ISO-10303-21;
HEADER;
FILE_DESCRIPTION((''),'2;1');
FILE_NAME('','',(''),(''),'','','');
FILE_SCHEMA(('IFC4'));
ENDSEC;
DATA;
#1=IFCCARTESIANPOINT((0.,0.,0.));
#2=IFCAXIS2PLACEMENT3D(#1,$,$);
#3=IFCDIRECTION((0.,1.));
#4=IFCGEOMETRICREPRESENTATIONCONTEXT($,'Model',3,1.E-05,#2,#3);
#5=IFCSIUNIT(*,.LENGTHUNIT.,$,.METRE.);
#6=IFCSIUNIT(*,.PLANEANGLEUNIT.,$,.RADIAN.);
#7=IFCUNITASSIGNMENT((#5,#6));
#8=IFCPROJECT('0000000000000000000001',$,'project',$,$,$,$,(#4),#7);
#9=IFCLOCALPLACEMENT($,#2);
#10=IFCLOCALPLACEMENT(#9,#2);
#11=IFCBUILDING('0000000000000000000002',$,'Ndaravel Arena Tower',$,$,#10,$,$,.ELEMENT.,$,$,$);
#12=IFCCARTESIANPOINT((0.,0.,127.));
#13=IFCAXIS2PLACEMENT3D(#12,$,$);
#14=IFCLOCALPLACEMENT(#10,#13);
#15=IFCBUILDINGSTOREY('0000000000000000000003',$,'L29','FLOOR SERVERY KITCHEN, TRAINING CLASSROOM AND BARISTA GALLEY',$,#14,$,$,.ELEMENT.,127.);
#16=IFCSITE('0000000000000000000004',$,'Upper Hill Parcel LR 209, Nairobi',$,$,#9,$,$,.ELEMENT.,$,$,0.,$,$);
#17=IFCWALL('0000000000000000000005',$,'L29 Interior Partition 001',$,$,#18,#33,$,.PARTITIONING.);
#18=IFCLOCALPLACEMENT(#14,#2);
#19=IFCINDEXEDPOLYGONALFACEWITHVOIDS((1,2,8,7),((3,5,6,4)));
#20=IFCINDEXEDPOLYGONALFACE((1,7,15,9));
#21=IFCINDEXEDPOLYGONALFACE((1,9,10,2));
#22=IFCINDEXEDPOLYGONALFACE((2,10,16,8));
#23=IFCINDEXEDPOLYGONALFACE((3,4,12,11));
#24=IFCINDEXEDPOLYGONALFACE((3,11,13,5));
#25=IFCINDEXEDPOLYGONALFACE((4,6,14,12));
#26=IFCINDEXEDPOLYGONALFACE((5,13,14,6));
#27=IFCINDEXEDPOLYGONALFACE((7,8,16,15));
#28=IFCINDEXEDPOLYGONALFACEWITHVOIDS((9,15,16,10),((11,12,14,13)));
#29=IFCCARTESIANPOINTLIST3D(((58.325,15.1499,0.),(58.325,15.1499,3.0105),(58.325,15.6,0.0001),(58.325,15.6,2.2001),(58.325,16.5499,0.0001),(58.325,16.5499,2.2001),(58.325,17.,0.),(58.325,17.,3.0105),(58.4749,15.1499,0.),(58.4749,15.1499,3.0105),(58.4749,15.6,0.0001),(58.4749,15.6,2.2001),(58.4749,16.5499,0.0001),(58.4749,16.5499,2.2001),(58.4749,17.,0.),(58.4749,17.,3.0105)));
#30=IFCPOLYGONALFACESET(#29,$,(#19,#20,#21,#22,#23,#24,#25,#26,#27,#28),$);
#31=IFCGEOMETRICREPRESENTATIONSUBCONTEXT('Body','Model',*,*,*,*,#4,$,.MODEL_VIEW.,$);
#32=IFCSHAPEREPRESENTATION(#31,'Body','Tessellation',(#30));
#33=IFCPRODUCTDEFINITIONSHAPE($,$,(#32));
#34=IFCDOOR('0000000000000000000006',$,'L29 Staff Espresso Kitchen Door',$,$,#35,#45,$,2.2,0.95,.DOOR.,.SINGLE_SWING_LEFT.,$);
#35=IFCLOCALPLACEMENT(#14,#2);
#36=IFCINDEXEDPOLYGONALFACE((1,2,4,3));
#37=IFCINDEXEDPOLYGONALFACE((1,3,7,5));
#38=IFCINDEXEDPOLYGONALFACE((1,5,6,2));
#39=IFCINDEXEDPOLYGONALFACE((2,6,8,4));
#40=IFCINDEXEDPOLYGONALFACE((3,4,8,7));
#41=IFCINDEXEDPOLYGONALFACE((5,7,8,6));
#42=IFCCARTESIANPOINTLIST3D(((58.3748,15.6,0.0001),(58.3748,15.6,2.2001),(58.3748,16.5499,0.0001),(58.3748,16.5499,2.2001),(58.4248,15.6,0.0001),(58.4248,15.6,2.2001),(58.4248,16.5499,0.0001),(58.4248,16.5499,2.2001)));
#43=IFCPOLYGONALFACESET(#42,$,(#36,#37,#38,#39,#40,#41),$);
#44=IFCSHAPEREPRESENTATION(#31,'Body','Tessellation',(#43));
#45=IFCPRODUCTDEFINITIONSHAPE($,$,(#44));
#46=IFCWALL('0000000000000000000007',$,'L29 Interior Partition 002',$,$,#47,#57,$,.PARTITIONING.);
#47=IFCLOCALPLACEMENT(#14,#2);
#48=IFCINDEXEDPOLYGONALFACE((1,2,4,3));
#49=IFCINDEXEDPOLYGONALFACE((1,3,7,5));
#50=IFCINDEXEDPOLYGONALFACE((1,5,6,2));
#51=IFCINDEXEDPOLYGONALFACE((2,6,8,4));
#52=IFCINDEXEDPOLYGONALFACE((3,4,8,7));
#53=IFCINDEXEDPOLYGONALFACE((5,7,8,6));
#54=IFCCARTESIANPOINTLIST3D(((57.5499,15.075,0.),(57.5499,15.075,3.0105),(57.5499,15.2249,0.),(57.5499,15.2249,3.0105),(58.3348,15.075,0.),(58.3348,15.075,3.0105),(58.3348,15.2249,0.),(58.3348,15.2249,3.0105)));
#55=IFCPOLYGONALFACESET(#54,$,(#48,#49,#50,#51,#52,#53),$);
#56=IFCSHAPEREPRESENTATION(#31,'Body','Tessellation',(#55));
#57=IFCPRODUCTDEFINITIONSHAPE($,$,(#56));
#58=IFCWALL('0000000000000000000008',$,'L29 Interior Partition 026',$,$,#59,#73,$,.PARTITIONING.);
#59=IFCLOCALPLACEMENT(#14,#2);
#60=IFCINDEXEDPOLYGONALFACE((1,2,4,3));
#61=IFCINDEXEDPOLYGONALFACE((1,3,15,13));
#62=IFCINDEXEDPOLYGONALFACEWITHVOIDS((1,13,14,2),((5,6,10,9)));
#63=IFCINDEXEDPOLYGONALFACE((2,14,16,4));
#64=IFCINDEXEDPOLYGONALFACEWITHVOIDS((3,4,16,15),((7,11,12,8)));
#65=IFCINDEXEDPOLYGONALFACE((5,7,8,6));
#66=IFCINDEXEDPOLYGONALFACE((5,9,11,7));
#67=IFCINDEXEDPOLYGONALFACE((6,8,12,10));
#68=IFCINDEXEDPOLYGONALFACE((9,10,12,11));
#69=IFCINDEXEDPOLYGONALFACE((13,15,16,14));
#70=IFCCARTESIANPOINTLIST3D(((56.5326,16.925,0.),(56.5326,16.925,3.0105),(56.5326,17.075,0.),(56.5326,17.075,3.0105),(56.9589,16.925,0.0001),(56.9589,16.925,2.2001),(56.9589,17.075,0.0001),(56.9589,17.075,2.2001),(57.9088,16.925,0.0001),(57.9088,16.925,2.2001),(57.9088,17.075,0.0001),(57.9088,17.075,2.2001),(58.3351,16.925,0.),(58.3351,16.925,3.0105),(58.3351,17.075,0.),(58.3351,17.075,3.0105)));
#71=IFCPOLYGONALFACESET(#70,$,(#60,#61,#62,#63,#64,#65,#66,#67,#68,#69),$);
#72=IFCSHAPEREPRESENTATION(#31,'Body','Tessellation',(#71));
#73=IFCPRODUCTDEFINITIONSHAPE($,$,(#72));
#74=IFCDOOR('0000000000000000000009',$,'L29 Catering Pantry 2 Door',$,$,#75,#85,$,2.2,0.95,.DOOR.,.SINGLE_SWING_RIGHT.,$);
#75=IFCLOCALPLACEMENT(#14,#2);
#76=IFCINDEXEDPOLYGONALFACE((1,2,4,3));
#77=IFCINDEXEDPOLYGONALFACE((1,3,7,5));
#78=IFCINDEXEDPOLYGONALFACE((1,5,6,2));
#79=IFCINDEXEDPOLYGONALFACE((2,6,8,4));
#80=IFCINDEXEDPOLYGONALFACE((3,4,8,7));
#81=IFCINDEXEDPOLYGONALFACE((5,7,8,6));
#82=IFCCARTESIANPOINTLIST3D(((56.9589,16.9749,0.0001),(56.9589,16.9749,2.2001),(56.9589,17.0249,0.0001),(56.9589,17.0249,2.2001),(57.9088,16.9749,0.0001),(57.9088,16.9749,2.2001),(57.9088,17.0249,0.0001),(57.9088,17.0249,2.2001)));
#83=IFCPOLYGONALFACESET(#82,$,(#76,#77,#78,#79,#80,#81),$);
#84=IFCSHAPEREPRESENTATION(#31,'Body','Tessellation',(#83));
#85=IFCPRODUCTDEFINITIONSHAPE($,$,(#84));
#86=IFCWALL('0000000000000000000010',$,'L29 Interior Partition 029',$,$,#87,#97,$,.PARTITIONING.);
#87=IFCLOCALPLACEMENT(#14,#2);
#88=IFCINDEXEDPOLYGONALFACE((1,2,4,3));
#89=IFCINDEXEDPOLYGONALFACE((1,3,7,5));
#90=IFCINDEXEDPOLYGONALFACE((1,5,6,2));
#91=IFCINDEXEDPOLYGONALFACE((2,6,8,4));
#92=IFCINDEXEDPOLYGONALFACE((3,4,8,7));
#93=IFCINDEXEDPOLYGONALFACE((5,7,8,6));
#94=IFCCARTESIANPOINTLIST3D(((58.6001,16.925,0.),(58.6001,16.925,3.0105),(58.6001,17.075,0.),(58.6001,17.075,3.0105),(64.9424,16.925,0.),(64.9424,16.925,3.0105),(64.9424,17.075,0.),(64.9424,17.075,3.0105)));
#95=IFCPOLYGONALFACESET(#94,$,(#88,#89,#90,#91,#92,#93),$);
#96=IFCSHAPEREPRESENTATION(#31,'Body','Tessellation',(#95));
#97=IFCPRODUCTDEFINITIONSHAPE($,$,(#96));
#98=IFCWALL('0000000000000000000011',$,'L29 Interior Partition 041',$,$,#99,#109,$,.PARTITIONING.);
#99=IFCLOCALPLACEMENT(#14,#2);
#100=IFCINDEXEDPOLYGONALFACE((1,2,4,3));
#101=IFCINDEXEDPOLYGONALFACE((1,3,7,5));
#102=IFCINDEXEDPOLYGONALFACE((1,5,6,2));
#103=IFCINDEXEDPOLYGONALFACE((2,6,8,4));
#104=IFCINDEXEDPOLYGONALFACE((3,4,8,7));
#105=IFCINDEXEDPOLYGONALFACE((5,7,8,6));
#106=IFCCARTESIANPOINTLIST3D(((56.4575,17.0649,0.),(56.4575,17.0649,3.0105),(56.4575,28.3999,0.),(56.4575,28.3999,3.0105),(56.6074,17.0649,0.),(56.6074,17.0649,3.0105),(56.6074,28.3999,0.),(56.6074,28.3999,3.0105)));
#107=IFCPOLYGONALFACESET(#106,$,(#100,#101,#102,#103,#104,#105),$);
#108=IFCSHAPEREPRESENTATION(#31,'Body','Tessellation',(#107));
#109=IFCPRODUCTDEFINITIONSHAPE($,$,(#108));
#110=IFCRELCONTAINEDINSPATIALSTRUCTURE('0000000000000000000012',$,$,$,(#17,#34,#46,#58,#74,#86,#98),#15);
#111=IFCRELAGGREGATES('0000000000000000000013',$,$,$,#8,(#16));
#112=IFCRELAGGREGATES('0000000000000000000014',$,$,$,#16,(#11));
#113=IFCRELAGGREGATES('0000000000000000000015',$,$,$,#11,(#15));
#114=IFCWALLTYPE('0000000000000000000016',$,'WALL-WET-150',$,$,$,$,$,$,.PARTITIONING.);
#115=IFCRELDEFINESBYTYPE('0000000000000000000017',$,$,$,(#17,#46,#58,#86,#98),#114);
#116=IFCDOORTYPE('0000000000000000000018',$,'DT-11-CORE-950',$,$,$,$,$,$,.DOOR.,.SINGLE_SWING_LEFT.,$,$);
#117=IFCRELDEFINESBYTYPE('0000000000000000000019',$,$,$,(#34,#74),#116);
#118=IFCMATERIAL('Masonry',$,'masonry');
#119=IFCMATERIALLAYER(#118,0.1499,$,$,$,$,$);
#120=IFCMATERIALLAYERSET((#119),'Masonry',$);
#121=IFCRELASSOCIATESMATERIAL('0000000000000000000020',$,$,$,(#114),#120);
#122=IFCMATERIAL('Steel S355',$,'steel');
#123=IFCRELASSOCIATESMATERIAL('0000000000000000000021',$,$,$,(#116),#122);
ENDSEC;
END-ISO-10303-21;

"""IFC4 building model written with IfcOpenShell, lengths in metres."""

from ifc_helpers import new_model, si_unit, direction, frame, frame_2d, origin, place, context, subcontext, project, spatial, rectangle, extrude, material, layer, layer_set, type_object, element, fill, save


model = new_model("IFC4")

# Units and contexts
model_context = context("Model", 3, precision=1e-05, world=origin(), true_north=direction((0.0, 1.0)))
body_context = subcontext(model_context, "Body", "Model", "MODEL_VIEW")
ifc_project = project(units=[si_unit("LENGTHUNIT", "METRE"), si_unit("PLANEANGLEUNIT", "RADIAN")], contexts=[model_context])

# Site, building, storey
site_placement = place(None, origin())
site = spatial("IfcSite", under=ifc_project, at=site_placement, Name="Upper Hill Parcel LR 209, Nairobi", CompositionType="ELEMENT", RefElevation=0.0)
building_placement = place(site_placement, origin())
building = spatial("IfcBuilding", under=site, at=building_placement, Name="Ndaravel Arena Tower", CompositionType="ELEMENT")
storey_placement = place(building_placement, frame((0.0, 0.0, 127.0)))
storey = spatial("IfcBuildingStorey", under=building, at=storey_placement, Name="L29", Description="FLOOR SERVERY KITCHEN, TRAINING CLASSROOM AND BARISTA GALLEY", CompositionType="ELEMENT", Elevation=127.0)

# Wall, opening, door
ifc_material_1 = material(Name="Masonry", Category="masonry")
ifc_layer_1 = layer(ifc_material_1, 0.1499)
ifc_layer_set_1 = layer_set([ifc_layer_1], Name="Masonry")
wall_type_1 = type_object("IfcWallType", Name="WALL-WET-150", PredefinedType="PARTITIONING", material=ifc_layer_set_1)
wall_1_placement = place(storey_placement, frame((58.3999, 17.0, 0.0), z_axis=(0.0, 0.0, 1.0), x_axis=(0.0, -1.0, 0.0)))
wall_1 = element("IfcWall", 1, at=wall_1_placement, inside=storey, type_object=wall_type_1, Name="L29 Interior Partition 001", PredefinedType="PARTITIONING", context=body_context, shape_type="SweptSolid", body=[
    extrude(rectangle(XDim=1.8501, YDim=0.1499, at=frame_2d((0.925, 0.0))), origin(), (0.0, 0.0, 1.0), 3.0105),
])
opening_1_placement = place(wall_1_placement, frame((0.45, 0.0, 0.0)))
opening_1 = element("IfcOpeningElement", 2, at=opening_1_placement, cuts=wall_1, PredefinedType="OPENING", context=body_context, shape_type="SweptSolid", body=[
    extrude(rectangle(XDim=0.95, YDim=2.2, at=frame_2d((0.4751, 1.1001))), frame((0.0, 0.075, 0.0), z_axis=(0.0, -1.0, 0.0), x_axis=(1.0, 0.0, 0.0)), (0.0, 0.0, 1.0), 0.1499),
])
ifc_material_2 = material(Name="Steel S355", Category="steel")
door_type_1 = type_object("IfcDoorType", Name="DT-11-CORE-950", OperationType="SINGLE_SWING_LEFT", PredefinedType="DOOR", material=ifc_material_2)
door_1_placement = place(opening_1_placement, origin())
door_1 = element("IfcDoor", 3, at=door_1_placement, inside=storey, type_object=door_type_1, Name="L29 Staff Espresso Kitchen Door", OperationType="SINGLE_SWING_LEFT", OverallHeight=2.2, OverallWidth=0.95, PredefinedType="DOOR", context=body_context, shape_type="SweptSolid", body=[
    extrude(rectangle(XDim=0.95, YDim=2.2, at=frame_2d((0.4751, 1.1001))), frame((0.0, 0.0249, 0.0), z_axis=(0.0, -1.0, 0.0), x_axis=(1.0, 0.0, 0.0)), (0.0, 0.0, 1.0), 0.05),
])
fill(opening_1, door_1)

# Wall
wall_2_placement = place(storey_placement, frame((58.335, 15.1499, 0.0), z_axis=(0.0, 0.0, 1.0), x_axis=(-1.0, 0.0, 0.0)))
element("IfcWall", 4, at=wall_2_placement, inside=storey, type_object=wall_type_1, Name="L29 Interior Partition 002", PredefinedType="PARTITIONING", context=body_context, shape_type="SweptSolid", body=[
    extrude(rectangle(XDim=0.7849, YDim=0.1499, at=frame_2d((0.3926, 0.0))), origin(), (0.0, 0.0, 1.0), 3.0105),
])

# Wall, opening, door
wall_3_placement = place(storey_placement, frame((56.5325, 17.0, 0.0), z_axis=(0.0, 0.0, 1.0), x_axis=(1.0, 0.0, 0.0)))
wall_3 = element("IfcWall", 5, at=wall_3_placement, inside=storey, type_object=wall_type_1, Name="L29 Interior Partition 026", PredefinedType="PARTITIONING", context=body_context, shape_type="SweptSolid", body=[
    extrude(rectangle(XDim=1.8025, YDim=0.1499, at=frame_2d((0.9014, 0.0))), origin(), (0.0, 0.0, 1.0), 3.0105),
])
opening_2_placement = place(wall_3_placement, frame((0.4263, 0.0, 0.0)))
opening_2 = element("IfcOpeningElement", 6, at=opening_2_placement, cuts=wall_3, PredefinedType="OPENING", context=body_context, shape_type="SweptSolid", body=[
    extrude(rectangle(XDim=0.95, YDim=2.2, at=frame_2d((0.4751, 1.1001))), frame((0.0, 0.075, 0.0), z_axis=(0.0, -1.0, 0.0), x_axis=(1.0, 0.0, 0.0)), (0.0, 0.0, 1.0), 0.1499),
])
door_2_placement = place(opening_2_placement, origin())
door_2 = element("IfcDoor", 7, at=door_2_placement, inside=storey, type_object=door_type_1, Name="L29 Catering Pantry 2 Door", OperationType="SINGLE_SWING_RIGHT", OverallHeight=2.2, OverallWidth=0.95, PredefinedType="DOOR", context=body_context, shape_type="SweptSolid", body=[
    extrude(rectangle(XDim=0.95, YDim=2.2, at=frame_2d((0.4751, 1.1001))), frame((0.0, 0.0249, 0.0), z_axis=(0.0, -1.0, 0.0), x_axis=(1.0, 0.0, 0.0)), (0.0, 0.0, 1.0), 0.05),
])
fill(opening_2, door_2)

# Walls
wall_4_placement = place(storey_placement, frame((58.6001, 17.0, 0.0), z_axis=(0.0, 0.0, 1.0), x_axis=(1.0, 0.0, 0.0)))
element("IfcWall", 8, at=wall_4_placement, inside=storey, type_object=wall_type_1, Name="L29 Interior Partition 029", PredefinedType="PARTITIONING", context=body_context, shape_type="SweptSolid", body=[
    extrude(rectangle(XDim=6.3423, YDim=0.1499, at=frame_2d((3.1711, 0.0))), origin(), (0.0, 0.0, 1.0), 3.0105),
])
wall_5_placement = place(storey_placement, frame((56.5325, 17.0649, 0.0), z_axis=(0.0, 0.0, 1.0), x_axis=(0.0, 1.0, 0.0)))
element("IfcWall", 9, at=wall_5_placement, inside=storey, type_object=wall_type_1, Name="L29 Interior Partition 041", PredefinedType="PARTITIONING", context=body_context, shape_type="SweptSolid", body=[
    extrude(rectangle(XDim=11.335, YDim=0.1499, at=frame_2d((5.6675, 0.0))), origin(), (0.0, 0.0, 1.0), 3.0105),
])

save(model, "model.ifc")
